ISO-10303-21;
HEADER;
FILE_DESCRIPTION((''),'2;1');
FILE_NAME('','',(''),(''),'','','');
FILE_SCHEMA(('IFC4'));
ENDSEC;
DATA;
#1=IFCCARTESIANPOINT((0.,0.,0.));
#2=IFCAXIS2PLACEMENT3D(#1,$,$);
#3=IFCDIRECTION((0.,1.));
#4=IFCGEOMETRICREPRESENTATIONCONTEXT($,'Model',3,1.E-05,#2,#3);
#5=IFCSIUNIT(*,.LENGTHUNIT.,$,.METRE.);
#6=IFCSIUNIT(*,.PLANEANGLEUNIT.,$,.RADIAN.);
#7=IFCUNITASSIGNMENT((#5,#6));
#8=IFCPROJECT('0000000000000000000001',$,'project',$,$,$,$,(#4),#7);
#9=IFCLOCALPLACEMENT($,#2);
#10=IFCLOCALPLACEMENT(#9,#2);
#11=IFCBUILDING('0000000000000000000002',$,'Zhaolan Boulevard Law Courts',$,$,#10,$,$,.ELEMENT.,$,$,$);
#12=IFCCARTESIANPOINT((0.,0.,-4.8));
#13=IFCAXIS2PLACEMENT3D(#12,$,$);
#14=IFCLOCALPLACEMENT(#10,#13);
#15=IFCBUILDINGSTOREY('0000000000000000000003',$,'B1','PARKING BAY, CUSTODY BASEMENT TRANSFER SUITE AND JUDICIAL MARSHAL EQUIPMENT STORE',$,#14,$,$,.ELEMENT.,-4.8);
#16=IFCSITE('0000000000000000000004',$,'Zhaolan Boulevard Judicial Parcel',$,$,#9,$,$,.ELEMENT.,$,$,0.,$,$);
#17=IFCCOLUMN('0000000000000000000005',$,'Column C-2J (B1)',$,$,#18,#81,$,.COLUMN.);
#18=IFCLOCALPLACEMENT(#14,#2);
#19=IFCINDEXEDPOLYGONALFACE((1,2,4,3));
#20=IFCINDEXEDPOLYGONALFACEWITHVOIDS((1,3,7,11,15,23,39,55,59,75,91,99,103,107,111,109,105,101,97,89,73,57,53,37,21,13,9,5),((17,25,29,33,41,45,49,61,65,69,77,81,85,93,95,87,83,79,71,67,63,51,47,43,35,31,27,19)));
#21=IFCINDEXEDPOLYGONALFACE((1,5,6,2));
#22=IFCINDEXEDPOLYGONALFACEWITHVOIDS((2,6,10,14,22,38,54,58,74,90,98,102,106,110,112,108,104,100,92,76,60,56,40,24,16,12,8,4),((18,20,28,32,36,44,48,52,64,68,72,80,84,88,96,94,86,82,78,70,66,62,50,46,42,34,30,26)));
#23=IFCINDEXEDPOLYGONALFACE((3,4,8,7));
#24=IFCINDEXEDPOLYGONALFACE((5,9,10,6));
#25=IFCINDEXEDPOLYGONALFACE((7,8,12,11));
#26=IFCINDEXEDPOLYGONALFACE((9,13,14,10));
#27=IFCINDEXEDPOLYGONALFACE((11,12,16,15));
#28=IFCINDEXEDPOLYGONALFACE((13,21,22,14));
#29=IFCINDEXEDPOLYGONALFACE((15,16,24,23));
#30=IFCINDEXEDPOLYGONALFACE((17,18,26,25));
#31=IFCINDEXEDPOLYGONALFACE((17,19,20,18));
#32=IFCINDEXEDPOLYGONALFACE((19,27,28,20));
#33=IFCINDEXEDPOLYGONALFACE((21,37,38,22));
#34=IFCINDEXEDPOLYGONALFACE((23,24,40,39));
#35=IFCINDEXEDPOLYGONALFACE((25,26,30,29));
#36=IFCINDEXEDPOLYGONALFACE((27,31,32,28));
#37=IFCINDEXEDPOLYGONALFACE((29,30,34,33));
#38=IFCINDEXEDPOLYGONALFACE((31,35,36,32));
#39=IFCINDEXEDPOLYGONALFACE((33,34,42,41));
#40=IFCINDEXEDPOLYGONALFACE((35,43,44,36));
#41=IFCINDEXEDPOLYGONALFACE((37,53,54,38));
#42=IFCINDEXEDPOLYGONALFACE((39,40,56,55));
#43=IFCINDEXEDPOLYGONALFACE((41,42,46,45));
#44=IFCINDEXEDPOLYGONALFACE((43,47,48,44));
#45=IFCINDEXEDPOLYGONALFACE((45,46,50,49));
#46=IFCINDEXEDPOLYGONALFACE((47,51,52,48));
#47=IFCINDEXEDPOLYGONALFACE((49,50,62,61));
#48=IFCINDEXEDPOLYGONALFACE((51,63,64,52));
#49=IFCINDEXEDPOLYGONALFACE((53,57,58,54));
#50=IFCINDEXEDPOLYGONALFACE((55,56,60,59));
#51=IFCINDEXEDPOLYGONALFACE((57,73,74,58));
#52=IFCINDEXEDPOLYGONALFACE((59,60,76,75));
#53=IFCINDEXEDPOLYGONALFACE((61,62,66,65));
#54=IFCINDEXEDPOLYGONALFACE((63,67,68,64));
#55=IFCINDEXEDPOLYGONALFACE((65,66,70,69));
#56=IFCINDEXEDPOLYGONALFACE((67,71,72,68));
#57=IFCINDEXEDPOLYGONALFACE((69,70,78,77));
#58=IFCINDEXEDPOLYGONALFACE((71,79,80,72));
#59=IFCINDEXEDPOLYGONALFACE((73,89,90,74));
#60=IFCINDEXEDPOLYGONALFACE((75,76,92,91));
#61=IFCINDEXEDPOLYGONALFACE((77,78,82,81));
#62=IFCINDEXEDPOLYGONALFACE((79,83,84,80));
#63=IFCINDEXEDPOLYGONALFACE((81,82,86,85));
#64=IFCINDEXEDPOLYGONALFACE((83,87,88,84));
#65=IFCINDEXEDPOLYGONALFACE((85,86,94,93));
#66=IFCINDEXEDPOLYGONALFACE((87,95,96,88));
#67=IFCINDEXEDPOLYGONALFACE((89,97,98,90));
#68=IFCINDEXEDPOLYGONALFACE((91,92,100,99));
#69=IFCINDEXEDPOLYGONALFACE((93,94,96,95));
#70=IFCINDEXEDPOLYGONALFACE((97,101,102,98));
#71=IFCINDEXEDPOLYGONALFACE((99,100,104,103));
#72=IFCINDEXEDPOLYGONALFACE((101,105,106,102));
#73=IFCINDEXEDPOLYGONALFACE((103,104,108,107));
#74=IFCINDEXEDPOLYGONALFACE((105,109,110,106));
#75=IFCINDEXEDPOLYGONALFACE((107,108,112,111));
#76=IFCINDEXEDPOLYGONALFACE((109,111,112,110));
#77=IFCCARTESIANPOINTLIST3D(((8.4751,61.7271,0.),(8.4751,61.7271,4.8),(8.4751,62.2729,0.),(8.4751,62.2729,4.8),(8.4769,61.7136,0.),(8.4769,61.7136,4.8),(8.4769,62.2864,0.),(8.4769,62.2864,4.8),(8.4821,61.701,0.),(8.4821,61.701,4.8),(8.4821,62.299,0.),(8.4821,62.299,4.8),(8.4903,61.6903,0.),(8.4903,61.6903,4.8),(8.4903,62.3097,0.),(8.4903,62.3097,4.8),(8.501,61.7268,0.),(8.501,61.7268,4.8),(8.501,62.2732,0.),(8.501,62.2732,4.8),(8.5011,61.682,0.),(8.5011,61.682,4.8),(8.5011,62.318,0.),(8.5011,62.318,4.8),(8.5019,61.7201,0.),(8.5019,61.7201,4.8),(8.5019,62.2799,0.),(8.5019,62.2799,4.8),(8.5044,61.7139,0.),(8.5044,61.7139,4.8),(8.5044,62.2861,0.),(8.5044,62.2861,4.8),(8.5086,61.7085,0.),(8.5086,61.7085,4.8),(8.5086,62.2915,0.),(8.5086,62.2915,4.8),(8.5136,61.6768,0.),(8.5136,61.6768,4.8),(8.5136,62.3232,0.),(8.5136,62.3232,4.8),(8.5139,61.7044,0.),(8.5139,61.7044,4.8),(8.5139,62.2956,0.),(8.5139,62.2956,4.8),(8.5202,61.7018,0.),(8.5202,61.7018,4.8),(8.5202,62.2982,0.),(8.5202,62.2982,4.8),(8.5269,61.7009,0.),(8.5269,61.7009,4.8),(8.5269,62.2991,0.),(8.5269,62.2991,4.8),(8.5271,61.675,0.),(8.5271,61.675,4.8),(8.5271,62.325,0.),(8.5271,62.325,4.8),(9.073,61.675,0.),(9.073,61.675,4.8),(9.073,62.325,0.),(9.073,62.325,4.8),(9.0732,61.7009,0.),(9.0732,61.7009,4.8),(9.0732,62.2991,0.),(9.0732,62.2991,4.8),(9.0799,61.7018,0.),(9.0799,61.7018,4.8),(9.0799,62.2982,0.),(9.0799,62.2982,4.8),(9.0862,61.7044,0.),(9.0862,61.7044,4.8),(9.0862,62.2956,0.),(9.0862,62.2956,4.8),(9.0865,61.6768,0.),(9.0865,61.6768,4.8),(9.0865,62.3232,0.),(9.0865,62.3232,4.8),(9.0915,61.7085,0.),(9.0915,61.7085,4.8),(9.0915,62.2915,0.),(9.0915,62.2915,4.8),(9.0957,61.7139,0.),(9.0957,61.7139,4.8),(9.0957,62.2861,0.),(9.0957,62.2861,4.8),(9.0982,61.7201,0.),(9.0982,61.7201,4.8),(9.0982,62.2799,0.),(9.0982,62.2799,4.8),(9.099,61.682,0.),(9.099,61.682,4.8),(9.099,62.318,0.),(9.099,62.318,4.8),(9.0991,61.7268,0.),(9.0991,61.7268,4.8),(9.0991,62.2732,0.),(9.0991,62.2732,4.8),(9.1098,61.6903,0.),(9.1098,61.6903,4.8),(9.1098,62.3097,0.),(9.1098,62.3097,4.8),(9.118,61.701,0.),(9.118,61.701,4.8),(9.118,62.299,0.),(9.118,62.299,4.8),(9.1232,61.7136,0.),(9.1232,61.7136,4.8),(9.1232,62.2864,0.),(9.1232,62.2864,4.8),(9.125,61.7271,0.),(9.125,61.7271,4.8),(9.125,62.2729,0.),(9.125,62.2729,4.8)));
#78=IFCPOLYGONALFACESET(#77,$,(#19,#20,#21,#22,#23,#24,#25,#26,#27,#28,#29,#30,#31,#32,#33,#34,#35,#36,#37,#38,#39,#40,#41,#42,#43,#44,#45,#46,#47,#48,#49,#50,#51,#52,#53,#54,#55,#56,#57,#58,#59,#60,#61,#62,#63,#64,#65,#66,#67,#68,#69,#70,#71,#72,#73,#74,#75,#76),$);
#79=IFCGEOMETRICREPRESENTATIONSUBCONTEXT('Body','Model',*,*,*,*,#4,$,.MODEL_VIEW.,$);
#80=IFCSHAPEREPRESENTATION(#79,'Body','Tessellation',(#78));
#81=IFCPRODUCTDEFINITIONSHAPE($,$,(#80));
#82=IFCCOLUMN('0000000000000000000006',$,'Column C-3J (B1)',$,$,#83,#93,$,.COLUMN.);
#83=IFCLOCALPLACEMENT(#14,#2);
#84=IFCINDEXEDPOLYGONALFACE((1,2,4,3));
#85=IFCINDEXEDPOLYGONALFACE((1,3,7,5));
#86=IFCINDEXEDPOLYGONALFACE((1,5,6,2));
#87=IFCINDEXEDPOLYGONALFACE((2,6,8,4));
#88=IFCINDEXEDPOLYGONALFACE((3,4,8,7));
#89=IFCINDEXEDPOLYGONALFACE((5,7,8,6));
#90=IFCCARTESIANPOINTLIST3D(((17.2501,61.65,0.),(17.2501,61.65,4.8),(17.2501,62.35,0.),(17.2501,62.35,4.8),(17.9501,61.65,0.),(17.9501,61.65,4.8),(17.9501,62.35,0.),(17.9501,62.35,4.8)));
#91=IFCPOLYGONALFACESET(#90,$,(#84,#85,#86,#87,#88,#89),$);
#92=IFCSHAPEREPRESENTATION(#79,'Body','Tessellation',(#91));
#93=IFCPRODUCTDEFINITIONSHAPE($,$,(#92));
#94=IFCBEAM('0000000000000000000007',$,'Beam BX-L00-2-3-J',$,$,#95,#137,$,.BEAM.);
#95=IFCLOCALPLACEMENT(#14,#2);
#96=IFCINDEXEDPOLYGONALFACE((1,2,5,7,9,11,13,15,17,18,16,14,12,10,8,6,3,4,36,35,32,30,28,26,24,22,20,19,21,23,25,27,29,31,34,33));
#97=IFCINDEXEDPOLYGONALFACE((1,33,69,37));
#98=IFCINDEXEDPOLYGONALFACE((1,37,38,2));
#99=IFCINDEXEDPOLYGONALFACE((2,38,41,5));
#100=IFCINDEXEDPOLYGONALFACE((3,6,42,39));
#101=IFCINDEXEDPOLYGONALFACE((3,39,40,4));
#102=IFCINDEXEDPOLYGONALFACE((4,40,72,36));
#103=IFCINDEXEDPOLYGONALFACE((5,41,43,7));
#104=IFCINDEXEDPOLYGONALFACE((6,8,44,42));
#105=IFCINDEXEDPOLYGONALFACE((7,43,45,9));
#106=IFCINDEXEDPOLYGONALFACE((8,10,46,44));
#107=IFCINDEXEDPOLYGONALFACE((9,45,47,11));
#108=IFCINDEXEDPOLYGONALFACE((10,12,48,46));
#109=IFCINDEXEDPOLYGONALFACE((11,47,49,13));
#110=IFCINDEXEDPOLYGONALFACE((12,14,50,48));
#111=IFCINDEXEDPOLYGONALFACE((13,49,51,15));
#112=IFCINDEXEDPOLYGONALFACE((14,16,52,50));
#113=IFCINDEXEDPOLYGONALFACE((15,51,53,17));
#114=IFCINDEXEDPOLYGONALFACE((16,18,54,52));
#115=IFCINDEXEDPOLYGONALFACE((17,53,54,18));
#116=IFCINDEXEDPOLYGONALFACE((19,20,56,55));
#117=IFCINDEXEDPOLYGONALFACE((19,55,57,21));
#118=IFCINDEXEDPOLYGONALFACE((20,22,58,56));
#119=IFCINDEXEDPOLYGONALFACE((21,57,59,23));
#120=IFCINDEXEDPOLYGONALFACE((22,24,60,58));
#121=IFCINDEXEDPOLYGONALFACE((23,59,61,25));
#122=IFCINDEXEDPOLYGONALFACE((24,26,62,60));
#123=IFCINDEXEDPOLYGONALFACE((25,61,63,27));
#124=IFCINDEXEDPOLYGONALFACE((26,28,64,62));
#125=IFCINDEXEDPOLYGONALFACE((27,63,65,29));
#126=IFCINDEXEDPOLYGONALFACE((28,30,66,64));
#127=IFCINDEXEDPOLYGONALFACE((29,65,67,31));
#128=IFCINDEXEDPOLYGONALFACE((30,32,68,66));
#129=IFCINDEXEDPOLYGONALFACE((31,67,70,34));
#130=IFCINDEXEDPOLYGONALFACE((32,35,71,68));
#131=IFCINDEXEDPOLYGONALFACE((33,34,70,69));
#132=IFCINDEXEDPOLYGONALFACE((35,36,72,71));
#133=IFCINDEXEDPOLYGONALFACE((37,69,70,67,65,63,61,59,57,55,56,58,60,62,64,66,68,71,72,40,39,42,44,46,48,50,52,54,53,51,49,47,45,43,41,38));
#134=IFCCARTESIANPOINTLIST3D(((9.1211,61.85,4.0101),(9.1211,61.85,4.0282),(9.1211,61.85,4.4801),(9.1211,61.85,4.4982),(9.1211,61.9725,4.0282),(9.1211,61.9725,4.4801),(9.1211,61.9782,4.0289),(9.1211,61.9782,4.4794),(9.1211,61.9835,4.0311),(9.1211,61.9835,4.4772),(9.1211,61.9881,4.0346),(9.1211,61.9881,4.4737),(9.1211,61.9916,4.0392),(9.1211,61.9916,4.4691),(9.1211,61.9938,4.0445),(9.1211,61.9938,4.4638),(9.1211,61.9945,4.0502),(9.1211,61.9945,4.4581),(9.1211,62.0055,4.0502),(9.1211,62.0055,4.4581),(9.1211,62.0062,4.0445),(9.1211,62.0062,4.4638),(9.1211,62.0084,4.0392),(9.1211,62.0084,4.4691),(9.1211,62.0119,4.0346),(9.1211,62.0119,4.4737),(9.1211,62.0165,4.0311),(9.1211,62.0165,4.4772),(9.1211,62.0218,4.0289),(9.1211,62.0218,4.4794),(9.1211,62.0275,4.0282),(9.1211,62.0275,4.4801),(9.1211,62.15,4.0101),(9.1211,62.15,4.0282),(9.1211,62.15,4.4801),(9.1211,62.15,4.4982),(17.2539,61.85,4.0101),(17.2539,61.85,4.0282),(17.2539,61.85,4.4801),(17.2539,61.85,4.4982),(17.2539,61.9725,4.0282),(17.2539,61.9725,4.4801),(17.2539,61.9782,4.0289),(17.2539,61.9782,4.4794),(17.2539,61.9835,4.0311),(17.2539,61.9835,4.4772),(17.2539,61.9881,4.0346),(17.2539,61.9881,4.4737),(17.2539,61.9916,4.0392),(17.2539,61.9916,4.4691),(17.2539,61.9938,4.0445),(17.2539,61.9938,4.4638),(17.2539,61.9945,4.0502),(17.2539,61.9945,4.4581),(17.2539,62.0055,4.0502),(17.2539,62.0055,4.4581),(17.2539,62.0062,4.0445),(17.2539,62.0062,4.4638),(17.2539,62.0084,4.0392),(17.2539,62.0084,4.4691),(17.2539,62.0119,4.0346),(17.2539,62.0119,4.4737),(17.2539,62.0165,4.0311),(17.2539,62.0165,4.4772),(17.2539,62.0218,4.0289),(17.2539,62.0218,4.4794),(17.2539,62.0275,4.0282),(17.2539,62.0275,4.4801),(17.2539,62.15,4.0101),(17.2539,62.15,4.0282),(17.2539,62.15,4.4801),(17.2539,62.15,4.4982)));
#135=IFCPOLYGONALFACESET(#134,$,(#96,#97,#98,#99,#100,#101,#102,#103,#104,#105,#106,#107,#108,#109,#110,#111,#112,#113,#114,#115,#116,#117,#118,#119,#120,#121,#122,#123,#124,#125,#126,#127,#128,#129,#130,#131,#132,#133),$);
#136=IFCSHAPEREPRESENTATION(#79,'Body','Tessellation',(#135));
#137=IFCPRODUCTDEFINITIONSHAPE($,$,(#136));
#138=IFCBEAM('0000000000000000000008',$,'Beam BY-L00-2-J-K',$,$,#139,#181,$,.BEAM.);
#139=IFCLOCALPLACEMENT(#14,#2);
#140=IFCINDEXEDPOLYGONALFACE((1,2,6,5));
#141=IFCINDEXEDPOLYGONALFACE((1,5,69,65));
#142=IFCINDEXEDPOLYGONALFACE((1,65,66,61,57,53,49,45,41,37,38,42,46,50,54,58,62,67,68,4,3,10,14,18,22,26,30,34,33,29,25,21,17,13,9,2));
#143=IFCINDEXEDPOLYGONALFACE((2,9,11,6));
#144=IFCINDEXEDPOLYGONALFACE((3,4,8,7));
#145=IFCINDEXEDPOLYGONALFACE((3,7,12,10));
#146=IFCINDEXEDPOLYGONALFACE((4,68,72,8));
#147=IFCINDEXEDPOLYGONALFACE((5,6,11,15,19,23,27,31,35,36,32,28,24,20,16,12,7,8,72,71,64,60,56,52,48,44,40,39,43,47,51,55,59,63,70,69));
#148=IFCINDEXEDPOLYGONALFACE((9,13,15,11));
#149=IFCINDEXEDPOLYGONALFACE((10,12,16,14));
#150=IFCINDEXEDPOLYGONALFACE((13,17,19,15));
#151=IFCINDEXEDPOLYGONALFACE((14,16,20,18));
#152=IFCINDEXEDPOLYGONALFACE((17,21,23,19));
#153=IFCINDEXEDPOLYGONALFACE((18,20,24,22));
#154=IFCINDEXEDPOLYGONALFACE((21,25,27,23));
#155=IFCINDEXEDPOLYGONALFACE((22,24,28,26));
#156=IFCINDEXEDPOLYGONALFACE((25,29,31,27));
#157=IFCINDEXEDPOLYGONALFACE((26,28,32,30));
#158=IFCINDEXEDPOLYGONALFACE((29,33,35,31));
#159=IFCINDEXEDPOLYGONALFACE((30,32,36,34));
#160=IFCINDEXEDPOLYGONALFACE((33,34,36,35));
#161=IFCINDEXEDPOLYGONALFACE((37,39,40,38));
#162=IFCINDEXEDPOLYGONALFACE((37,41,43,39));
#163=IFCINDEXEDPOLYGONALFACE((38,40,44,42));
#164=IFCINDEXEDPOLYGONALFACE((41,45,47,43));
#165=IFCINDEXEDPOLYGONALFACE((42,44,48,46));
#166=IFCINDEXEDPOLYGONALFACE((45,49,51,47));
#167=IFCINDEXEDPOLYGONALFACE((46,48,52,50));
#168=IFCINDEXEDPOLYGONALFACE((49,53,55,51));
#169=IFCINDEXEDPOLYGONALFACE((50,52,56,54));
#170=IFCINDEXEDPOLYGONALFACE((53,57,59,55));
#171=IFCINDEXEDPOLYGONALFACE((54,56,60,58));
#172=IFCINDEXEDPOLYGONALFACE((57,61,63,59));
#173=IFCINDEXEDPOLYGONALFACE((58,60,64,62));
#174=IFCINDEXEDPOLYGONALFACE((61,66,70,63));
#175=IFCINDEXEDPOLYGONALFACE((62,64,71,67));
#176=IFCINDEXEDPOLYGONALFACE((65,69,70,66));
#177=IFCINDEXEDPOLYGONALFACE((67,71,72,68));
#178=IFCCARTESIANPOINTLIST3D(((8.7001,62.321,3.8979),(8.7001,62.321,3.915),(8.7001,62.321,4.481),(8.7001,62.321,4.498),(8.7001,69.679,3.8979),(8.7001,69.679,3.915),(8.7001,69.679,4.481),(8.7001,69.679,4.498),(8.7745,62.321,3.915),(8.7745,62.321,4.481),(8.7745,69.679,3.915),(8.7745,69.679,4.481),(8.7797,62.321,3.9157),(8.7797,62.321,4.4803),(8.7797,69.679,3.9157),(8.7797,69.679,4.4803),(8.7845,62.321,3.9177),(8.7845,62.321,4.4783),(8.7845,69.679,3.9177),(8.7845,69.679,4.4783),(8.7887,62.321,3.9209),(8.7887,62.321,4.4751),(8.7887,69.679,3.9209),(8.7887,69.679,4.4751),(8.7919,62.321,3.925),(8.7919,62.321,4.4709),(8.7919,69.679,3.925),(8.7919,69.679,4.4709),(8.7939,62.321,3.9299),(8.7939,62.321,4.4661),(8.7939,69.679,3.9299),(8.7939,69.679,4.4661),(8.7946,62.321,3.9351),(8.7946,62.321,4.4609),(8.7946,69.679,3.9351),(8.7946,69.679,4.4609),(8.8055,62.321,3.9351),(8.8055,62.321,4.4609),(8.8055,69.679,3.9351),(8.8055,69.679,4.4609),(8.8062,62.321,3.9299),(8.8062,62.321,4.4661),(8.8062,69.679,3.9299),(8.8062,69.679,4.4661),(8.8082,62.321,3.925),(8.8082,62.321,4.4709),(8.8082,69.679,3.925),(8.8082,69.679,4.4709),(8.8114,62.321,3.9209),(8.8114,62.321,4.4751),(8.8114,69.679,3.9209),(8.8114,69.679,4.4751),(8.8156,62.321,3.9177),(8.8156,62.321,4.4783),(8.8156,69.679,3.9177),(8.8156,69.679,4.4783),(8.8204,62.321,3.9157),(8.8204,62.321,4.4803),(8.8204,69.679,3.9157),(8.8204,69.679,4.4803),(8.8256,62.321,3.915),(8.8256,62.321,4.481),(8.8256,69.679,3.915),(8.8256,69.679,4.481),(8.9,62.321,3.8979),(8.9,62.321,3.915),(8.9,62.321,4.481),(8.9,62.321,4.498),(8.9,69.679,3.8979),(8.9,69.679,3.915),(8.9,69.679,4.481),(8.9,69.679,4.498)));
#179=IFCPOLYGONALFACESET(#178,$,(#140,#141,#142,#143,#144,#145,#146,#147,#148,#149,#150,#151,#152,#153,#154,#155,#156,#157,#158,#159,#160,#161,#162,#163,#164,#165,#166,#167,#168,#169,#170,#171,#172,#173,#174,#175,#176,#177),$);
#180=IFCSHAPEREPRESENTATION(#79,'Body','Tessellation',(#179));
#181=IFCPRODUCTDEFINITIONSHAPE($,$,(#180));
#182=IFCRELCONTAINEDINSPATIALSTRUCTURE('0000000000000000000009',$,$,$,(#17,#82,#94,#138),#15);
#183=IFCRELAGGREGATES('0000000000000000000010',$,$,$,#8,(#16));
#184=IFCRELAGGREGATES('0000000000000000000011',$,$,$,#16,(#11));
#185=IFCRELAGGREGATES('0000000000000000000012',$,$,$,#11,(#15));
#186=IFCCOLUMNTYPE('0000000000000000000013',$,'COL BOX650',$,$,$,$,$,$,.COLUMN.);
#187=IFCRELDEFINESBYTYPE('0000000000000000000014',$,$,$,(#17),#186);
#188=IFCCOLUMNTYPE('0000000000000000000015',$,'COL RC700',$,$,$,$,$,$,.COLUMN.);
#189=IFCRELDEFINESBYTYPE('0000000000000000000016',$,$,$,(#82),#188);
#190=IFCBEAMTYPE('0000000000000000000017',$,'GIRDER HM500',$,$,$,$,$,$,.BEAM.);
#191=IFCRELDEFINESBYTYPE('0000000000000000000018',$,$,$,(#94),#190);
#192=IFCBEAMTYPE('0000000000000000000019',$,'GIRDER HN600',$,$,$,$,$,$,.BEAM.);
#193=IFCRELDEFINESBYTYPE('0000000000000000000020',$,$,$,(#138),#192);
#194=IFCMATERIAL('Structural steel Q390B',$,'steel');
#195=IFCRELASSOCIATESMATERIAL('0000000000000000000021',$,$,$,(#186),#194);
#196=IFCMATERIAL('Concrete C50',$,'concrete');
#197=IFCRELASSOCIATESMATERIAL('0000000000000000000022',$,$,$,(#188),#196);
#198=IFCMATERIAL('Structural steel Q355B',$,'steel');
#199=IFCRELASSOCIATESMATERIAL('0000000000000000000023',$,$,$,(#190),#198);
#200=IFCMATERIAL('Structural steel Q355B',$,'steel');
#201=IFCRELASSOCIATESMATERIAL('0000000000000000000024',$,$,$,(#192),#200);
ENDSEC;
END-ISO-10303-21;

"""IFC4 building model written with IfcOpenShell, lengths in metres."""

from ifc_helpers import new_model, si_unit, direction, frame, origin, origin_2d, place, context, subcontext, project, spatial, rectangle, hollow_rectangle, i_section, extrude, material, material_profile, profile_set, type_object, element, save


model = new_model("IFC4")

# Units and contexts
model_context = context("Model", 3, precision=1e-05, world=origin(), true_north=direction((0.0, 1.0)))
body_context = subcontext(model_context, "Body", "Model", "MODEL_VIEW")
ifc_project = project(units=[si_unit("LENGTHUNIT", "METRE"), si_unit("PLANEANGLEUNIT", "RADIAN")], contexts=[model_context])

# Site, building, storey
site_placement = place(None, origin())
site = spatial("IfcSite", under=ifc_project, at=site_placement, Name="Zhaolan Boulevard Judicial Parcel", CompositionType="ELEMENT", RefElevation=0.0)
building_placement = place(site_placement, origin())
building = spatial("IfcBuilding", under=site, at=building_placement, Name="Zhaolan Boulevard Law Courts", CompositionType="ELEMENT")
storey_placement = place(building_placement, frame((0.0, 0.0, -4.8)))
storey = spatial("IfcBuildingStorey", under=building, at=storey_placement, Name="B1", Description="PARKING BAY, CUSTODY BASEMENT TRANSFER SUITE AND JUDICIAL MARSHAL EQUIPMENT STORE", CompositionType="ELEMENT", Elevation=-4.8)

# Columns
ifc_material_1 = material(Name="Structural steel Q390B", Category="steel")
ifc_material_profile_1 = material_profile(ifc_material_1, hollow_rectangle(XDim=0.6499, YDim=0.6499, WallThickness=0.0259, InnerFilletRadius=0.0259, OuterFilletRadius=0.052, at=origin_2d()), Name="BOX650x650x26")
ifc_profile_set_1 = profile_set([ifc_material_profile_1], Name="Structural steel Q390B")
column_type_1 = type_object("IfcColumnType", Name="COL BOX650", PredefinedType="COLUMN", material=ifc_profile_set_1)
column_1_placement = place(storey_placement, frame((8.8, 62.0, 0.0), z_axis=(0.0, 0.0, 1.0), x_axis=(1.0, 0.0, 0.0)))
element("IfcColumn", 1, at=column_1_placement, inside=storey, type_object=column_type_1, Name="Column C-2J (B1)", PredefinedType="COLUMN", context=body_context, shape_type="SweptSolid", body=[
    extrude(hollow_rectangle(XDim=0.6499, YDim=0.6499, WallThickness=0.0259, InnerFilletRadius=0.0259, OuterFilletRadius=0.052, at=origin_2d()), origin(), (0.0, 0.0, 1.0), 4.8),
])
ifc_material_2 = material(Name="Concrete C50", Category="concrete")
ifc_material_profile_2 = material_profile(ifc_material_2, rectangle(XDim=0.7, YDim=0.7, at=origin_2d()), Name="RC700x700")
ifc_profile_set_2 = profile_set([ifc_material_profile_2], Name="Concrete C50")
column_type_2 = type_object("IfcColumnType", Name="COL RC700", PredefinedType="COLUMN", material=ifc_profile_set_2)
column_2_placement = place(storey_placement, frame((17.6001, 62.0, 0.0), z_axis=(0.0, 0.0, 1.0), x_axis=(1.0, 0.0, 0.0)))
element("IfcColumn", 2, at=column_2_placement, inside=storey, type_object=column_type_2, Name="Column C-3J (B1)", PredefinedType="COLUMN", context=body_context, shape_type="SweptSolid", body=[
    extrude(rectangle(XDim=0.7, YDim=0.7, at=origin_2d()), origin(), (0.0, 0.0, 1.0), 4.8),
])

# Beams
ifc_material_3 = material(Name="Structural steel Q355B", Category="steel")
ifc_material_profile_3 = material_profile(ifc_material_3, i_section(OverallWidth=0.3, OverallDepth=0.488, WebThickness=0.011, FlangeThickness=0.0181, FilletRadius=0.022, at=origin_2d()), Name="HM488x300")
ifc_profile_set_3 = profile_set([ifc_material_profile_3], Name="Structural steel Q355B")
beam_type_1 = type_object("IfcBeamType", Name="GIRDER HM500", PredefinedType="BEAM", material=ifc_profile_set_3)
beam_1_placement = place(storey_placement, frame((9.1211, 62.0, 4.2542), z_axis=(1.0, 0.0, 0.0), x_axis=(0.0, 1.0, 0.0)))
element("IfcBeam", 3, at=beam_1_placement, inside=storey, type_object=beam_type_1, Name="Beam BX-L00-2-3-J", PredefinedType="BEAM", context=body_context, shape_type="SweptSolid", body=[
    extrude(i_section(OverallWidth=0.3, OverallDepth=0.488, WebThickness=0.011, FlangeThickness=0.0181, FilletRadius=0.022, at=origin_2d()), origin(), (0.0, 0.0, 1.0), 8.1328),
])
ifc_material_4 = material(Name="Structural steel Q355B", Category="steel")
ifc_material_profile_4 = material_profile(ifc_material_4, i_section(OverallWidth=0.2, OverallDepth=0.6001, WebThickness=0.011, FlangeThickness=0.0171, FilletRadius=0.02, at=origin_2d()), Name="HN600x200")
ifc_profile_set_4 = profile_set([ifc_material_profile_4], Name="Structural steel Q355B")
beam_type_2 = type_object("IfcBeamType", Name="GIRDER HN600", PredefinedType="BEAM", material=ifc_profile_set_4)
beam_2_placement = place(storey_placement, frame((8.8, 62.321, 4.198), z_axis=(0.0, 1.0, 0.0), x_axis=(-1.0, 0.0, 0.0)))
element("IfcBeam", 4, at=beam_2_placement, inside=storey, type_object=beam_type_2, Name="Beam BY-L00-2-J-K", PredefinedType="BEAM", context=body_context, shape_type="SweptSolid", body=[
    extrude(i_section(OverallWidth=0.2, OverallDepth=0.6001, WebThickness=0.011, FlangeThickness=0.0171, FilletRadius=0.02, at=origin_2d()), origin(), (0.0, 0.0, 1.0), 7.3579),
])

save(model, "model.ifc")
